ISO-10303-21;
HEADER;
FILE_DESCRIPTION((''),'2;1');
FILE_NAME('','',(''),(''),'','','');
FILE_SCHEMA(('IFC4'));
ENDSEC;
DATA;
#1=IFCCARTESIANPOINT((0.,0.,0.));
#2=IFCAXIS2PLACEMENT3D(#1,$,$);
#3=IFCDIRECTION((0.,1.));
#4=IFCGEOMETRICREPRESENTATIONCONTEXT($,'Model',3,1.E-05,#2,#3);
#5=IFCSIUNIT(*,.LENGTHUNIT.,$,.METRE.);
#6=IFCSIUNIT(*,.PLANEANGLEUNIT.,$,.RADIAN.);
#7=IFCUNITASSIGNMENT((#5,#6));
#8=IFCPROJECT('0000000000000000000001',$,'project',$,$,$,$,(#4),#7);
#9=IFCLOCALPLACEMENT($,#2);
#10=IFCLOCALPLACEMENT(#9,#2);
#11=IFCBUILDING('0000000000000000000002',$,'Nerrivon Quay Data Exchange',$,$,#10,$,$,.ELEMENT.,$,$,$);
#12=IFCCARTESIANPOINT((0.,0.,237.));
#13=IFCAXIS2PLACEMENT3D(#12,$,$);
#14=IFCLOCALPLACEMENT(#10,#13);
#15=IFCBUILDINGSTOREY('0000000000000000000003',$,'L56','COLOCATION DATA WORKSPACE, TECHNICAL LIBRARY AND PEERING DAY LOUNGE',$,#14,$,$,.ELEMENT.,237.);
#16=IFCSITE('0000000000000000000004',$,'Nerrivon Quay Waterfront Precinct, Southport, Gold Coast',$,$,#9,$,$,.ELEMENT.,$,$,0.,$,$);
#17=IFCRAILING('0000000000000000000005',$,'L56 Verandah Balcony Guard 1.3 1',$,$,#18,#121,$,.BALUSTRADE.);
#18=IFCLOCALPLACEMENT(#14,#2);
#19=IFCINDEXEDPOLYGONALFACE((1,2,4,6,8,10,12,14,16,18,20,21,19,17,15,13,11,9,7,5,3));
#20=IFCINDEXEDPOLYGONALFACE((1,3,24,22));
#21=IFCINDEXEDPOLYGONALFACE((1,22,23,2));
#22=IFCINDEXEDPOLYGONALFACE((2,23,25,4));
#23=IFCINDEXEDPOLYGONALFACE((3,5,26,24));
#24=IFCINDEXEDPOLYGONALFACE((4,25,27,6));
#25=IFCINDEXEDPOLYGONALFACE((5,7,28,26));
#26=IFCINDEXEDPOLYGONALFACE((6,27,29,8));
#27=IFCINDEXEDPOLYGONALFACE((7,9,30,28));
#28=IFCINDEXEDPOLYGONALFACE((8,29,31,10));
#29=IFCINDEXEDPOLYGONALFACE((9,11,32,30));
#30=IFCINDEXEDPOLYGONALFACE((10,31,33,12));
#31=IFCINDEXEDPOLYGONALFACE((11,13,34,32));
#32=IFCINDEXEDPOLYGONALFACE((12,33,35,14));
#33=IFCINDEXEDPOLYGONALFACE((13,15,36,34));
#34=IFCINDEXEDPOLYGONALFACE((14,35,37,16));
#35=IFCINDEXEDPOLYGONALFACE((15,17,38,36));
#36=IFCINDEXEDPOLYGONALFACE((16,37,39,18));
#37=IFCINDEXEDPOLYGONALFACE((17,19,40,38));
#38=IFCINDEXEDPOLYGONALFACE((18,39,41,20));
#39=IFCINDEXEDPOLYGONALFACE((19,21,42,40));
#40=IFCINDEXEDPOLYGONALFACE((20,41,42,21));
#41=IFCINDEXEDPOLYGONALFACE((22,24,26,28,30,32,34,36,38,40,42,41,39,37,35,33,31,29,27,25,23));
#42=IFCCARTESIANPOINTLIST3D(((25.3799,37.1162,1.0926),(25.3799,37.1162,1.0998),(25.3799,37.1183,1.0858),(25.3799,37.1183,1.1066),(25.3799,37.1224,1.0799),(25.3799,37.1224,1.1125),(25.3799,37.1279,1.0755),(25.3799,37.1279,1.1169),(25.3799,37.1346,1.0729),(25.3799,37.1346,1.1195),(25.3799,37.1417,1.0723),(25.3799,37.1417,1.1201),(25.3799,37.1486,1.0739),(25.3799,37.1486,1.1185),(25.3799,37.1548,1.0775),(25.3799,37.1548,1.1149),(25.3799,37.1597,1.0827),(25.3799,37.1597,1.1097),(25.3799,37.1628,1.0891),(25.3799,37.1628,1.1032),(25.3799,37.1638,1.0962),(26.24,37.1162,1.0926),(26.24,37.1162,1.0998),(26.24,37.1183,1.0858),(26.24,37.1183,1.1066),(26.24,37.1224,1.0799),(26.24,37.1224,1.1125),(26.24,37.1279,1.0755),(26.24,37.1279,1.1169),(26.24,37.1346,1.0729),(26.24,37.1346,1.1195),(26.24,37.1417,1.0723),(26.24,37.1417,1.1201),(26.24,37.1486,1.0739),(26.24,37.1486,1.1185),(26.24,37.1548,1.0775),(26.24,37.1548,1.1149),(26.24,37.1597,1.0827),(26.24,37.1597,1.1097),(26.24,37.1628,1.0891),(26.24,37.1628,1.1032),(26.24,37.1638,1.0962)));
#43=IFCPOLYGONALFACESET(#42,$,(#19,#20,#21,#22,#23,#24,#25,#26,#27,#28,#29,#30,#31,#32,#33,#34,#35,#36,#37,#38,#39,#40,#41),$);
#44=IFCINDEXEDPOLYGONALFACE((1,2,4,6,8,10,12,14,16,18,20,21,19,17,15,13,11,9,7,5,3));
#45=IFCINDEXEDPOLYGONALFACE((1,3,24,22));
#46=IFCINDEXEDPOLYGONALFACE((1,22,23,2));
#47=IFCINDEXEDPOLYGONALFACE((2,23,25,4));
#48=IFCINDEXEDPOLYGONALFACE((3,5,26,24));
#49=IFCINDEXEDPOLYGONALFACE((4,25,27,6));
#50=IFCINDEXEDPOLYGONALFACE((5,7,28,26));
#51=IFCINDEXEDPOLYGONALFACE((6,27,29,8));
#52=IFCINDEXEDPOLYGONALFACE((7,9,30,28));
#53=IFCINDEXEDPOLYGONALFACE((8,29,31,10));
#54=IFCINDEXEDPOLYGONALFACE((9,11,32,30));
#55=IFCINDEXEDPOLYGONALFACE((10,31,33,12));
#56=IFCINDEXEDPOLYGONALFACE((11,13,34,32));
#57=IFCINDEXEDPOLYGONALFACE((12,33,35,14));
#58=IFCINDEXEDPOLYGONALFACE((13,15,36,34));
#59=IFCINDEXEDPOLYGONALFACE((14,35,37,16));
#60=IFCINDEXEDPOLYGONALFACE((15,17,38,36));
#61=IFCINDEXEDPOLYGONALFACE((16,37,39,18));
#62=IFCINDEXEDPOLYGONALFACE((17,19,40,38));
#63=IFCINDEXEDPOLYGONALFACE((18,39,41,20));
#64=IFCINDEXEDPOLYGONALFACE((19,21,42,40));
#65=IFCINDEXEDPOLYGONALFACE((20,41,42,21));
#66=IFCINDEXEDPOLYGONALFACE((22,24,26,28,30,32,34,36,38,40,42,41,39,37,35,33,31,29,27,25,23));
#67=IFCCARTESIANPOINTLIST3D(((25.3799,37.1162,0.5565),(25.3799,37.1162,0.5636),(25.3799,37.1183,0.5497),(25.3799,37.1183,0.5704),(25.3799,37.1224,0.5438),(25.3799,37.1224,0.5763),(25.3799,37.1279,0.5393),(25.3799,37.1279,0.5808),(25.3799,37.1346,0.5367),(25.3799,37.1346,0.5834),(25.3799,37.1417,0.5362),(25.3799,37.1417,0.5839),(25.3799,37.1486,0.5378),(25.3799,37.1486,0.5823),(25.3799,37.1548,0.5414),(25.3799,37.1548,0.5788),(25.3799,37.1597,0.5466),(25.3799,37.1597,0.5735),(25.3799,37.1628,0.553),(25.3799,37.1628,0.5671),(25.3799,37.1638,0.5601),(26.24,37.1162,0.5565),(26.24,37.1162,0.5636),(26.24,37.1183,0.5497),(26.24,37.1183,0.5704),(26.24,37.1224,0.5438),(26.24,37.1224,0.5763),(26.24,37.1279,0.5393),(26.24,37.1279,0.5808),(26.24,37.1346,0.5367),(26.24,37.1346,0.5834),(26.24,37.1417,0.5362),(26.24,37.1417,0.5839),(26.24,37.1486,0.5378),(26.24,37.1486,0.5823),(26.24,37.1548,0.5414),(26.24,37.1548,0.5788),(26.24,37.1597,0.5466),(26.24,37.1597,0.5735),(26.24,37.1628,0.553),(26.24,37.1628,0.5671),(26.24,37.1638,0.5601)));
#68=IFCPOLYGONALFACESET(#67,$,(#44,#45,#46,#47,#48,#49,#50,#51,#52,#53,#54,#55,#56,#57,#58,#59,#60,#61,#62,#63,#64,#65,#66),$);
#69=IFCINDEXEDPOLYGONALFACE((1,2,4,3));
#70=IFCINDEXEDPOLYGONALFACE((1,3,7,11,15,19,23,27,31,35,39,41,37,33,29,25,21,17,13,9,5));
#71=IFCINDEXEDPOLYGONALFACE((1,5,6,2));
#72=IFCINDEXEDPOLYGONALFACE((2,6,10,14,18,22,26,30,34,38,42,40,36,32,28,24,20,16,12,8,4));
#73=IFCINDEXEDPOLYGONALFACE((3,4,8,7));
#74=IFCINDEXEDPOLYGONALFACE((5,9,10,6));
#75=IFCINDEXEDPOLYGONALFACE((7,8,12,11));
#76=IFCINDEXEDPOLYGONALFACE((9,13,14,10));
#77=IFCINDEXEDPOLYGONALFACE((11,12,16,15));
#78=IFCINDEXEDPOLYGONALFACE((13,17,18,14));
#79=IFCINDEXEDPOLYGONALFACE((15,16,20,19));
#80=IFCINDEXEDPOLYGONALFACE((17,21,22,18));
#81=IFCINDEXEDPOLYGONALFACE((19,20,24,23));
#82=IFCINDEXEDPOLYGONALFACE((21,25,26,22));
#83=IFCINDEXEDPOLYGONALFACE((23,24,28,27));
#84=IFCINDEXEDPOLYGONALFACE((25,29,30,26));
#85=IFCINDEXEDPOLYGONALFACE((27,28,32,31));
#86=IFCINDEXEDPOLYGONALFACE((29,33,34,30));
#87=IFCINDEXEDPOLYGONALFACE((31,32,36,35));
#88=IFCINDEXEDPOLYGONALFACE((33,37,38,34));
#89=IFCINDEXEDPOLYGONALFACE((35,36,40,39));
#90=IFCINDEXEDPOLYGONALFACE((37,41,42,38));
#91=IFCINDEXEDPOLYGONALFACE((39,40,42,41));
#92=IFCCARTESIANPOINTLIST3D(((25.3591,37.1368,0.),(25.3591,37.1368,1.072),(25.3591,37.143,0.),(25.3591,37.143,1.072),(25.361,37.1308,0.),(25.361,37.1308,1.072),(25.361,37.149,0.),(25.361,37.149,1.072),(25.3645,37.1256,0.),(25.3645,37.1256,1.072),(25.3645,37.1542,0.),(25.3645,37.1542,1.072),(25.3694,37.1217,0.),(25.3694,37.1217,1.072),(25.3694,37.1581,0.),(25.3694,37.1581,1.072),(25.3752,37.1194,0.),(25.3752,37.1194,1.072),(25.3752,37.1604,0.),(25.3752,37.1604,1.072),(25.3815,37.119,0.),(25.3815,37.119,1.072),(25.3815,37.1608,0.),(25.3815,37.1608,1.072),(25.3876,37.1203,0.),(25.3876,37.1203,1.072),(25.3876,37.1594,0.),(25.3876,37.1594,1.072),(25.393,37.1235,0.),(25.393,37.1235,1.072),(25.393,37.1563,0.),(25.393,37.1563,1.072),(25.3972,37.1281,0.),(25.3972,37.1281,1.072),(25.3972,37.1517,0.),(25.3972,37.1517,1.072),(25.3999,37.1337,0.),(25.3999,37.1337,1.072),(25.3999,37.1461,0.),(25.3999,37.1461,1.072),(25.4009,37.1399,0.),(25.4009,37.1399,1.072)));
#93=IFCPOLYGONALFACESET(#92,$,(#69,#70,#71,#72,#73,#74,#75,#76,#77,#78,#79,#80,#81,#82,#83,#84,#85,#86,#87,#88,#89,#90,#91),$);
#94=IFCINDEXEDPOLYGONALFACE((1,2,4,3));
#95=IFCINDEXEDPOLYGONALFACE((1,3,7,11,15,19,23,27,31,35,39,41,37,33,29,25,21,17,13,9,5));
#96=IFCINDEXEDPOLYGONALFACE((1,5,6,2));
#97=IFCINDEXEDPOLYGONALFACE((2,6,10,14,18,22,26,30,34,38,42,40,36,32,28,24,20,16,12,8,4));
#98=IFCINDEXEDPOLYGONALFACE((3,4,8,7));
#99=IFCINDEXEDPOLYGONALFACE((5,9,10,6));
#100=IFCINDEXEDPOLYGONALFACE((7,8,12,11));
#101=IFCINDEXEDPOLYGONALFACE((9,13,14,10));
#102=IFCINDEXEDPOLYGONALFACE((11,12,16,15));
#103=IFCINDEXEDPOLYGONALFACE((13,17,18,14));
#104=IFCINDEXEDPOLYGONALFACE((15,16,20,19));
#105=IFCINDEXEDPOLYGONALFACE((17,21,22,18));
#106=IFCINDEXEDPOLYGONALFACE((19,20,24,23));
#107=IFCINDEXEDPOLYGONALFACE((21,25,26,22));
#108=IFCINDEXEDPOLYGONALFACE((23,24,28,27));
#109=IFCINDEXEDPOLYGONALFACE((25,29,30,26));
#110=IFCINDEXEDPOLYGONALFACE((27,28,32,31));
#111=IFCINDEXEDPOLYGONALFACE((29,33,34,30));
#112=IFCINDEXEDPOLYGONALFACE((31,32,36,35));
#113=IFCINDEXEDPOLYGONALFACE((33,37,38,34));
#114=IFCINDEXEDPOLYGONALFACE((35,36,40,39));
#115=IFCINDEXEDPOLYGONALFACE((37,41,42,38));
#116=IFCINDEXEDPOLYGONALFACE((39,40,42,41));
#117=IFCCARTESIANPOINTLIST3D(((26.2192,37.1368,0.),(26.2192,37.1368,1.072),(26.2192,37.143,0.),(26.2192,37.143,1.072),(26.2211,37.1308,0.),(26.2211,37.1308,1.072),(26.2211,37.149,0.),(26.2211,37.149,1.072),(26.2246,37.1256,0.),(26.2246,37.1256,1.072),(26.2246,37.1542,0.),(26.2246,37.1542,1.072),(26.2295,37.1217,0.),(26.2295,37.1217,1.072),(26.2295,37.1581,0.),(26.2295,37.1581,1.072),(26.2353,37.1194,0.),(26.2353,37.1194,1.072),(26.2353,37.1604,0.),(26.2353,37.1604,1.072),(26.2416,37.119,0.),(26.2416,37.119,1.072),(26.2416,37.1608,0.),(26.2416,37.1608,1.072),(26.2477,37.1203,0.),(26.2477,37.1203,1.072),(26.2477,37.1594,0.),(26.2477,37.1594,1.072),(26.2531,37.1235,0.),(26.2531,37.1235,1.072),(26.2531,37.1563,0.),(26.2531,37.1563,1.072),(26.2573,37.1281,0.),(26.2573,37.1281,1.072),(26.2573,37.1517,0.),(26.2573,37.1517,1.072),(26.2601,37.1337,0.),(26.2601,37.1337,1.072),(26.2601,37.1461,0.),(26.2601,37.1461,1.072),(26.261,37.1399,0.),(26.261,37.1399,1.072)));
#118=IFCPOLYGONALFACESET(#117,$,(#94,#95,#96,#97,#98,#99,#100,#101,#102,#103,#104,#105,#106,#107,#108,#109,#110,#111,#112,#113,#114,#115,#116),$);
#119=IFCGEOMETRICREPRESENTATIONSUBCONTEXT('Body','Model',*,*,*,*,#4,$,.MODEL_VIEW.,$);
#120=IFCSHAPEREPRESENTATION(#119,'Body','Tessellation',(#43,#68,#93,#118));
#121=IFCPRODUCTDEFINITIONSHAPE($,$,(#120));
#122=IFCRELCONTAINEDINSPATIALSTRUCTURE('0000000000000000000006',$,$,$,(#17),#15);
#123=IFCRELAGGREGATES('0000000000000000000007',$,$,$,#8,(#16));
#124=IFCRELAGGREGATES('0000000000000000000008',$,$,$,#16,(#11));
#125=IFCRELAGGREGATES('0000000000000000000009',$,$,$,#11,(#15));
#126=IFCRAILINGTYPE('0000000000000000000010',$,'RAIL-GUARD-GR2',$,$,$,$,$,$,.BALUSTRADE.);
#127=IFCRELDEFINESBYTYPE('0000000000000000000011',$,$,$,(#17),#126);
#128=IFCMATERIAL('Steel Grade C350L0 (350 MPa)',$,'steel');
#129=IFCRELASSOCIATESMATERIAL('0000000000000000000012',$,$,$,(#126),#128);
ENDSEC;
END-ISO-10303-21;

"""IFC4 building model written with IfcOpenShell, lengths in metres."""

from ifc_helpers import new_model, si_unit, direction, frame, origin, origin_2d, place, context, subcontext, project, spatial, circle, extrude, material, type_object, element, save


model = new_model("IFC4")

# Units and contexts
model_context = context("Model", 3, precision=1e-05, world=origin(), true_north=direction((0.0, 1.0)))
body_context = subcontext(model_context, "Body", "Model", "MODEL_VIEW")
ifc_project = project(units=[si_unit("LENGTHUNIT", "METRE"), si_unit("PLANEANGLEUNIT", "RADIAN")], contexts=[model_context])

# Site, building, storey
site_placement = place(None, origin())
site = spatial("IfcSite", under=ifc_project, at=site_placement, Name="Nerrivon Quay Waterfront Precinct, Southport, Gold Coast", CompositionType="ELEMENT", RefElevation=0.0)
building_placement = place(site_placement, origin())
building = spatial("IfcBuilding", under=site, at=building_placement, Name="Nerrivon Quay Data Exchange", CompositionType="ELEMENT")
storey_placement = place(building_placement, frame((0.0, 0.0, 237.0)))
storey = spatial("IfcBuildingStorey", under=building, at=storey_placement, Name="L56", Description="COLOCATION DATA WORKSPACE, TECHNICAL LIBRARY AND PEERING DAY LOUNGE", CompositionType="ELEMENT", Elevation=237.0)

# Shared definitions
ifc_material_1 = material(Name="Steel Grade C350L0 (350 MPa)", Category="steel")

# Railing
railing_type = type_object("IfcRailingType", Name="RAIL-GUARD-GR2", PredefinedType="BALUSTRADE", material=ifc_material_1)
railing_1_placement = place(storey_placement, frame((25.3799, 37.1399, 0.0)))
element("IfcRailing", 1, at=railing_1_placement, inside=storey, type_object=railing_type, Name="L56 Verandah Balcony Guard 1.3 1", PredefinedType="BALUSTRADE", context=body_context, shape_type="SweptSolid", body=[
    extrude(circle(Radius=0.0239, at=origin_2d()), frame((0.0, 0.0, 1.0962), z_axis=(1.0, 0.0, 0.0), x_axis=(0.0, 1.0, 0.0)), (0.0, 0.0, 1.0), 0.8601),
    extrude(circle(Radius=0.0239, at=origin_2d()), frame((0.0, 0.0, 0.5601), z_axis=(1.0, 0.0, 0.0), x_axis=(0.0, 1.0, 0.0)), (0.0, 0.0, 1.0), 0.8601),
    extrude(circle(Radius=0.021, at=origin_2d()), origin(), (0.0, 0.0, 1.0), 1.072),
    extrude(circle(Radius=0.021, at=origin_2d()), frame((0.8601, 0.0, 0.0)), (0.0, 0.0, 1.0), 1.072),
])

save(model, "model.ifc")
